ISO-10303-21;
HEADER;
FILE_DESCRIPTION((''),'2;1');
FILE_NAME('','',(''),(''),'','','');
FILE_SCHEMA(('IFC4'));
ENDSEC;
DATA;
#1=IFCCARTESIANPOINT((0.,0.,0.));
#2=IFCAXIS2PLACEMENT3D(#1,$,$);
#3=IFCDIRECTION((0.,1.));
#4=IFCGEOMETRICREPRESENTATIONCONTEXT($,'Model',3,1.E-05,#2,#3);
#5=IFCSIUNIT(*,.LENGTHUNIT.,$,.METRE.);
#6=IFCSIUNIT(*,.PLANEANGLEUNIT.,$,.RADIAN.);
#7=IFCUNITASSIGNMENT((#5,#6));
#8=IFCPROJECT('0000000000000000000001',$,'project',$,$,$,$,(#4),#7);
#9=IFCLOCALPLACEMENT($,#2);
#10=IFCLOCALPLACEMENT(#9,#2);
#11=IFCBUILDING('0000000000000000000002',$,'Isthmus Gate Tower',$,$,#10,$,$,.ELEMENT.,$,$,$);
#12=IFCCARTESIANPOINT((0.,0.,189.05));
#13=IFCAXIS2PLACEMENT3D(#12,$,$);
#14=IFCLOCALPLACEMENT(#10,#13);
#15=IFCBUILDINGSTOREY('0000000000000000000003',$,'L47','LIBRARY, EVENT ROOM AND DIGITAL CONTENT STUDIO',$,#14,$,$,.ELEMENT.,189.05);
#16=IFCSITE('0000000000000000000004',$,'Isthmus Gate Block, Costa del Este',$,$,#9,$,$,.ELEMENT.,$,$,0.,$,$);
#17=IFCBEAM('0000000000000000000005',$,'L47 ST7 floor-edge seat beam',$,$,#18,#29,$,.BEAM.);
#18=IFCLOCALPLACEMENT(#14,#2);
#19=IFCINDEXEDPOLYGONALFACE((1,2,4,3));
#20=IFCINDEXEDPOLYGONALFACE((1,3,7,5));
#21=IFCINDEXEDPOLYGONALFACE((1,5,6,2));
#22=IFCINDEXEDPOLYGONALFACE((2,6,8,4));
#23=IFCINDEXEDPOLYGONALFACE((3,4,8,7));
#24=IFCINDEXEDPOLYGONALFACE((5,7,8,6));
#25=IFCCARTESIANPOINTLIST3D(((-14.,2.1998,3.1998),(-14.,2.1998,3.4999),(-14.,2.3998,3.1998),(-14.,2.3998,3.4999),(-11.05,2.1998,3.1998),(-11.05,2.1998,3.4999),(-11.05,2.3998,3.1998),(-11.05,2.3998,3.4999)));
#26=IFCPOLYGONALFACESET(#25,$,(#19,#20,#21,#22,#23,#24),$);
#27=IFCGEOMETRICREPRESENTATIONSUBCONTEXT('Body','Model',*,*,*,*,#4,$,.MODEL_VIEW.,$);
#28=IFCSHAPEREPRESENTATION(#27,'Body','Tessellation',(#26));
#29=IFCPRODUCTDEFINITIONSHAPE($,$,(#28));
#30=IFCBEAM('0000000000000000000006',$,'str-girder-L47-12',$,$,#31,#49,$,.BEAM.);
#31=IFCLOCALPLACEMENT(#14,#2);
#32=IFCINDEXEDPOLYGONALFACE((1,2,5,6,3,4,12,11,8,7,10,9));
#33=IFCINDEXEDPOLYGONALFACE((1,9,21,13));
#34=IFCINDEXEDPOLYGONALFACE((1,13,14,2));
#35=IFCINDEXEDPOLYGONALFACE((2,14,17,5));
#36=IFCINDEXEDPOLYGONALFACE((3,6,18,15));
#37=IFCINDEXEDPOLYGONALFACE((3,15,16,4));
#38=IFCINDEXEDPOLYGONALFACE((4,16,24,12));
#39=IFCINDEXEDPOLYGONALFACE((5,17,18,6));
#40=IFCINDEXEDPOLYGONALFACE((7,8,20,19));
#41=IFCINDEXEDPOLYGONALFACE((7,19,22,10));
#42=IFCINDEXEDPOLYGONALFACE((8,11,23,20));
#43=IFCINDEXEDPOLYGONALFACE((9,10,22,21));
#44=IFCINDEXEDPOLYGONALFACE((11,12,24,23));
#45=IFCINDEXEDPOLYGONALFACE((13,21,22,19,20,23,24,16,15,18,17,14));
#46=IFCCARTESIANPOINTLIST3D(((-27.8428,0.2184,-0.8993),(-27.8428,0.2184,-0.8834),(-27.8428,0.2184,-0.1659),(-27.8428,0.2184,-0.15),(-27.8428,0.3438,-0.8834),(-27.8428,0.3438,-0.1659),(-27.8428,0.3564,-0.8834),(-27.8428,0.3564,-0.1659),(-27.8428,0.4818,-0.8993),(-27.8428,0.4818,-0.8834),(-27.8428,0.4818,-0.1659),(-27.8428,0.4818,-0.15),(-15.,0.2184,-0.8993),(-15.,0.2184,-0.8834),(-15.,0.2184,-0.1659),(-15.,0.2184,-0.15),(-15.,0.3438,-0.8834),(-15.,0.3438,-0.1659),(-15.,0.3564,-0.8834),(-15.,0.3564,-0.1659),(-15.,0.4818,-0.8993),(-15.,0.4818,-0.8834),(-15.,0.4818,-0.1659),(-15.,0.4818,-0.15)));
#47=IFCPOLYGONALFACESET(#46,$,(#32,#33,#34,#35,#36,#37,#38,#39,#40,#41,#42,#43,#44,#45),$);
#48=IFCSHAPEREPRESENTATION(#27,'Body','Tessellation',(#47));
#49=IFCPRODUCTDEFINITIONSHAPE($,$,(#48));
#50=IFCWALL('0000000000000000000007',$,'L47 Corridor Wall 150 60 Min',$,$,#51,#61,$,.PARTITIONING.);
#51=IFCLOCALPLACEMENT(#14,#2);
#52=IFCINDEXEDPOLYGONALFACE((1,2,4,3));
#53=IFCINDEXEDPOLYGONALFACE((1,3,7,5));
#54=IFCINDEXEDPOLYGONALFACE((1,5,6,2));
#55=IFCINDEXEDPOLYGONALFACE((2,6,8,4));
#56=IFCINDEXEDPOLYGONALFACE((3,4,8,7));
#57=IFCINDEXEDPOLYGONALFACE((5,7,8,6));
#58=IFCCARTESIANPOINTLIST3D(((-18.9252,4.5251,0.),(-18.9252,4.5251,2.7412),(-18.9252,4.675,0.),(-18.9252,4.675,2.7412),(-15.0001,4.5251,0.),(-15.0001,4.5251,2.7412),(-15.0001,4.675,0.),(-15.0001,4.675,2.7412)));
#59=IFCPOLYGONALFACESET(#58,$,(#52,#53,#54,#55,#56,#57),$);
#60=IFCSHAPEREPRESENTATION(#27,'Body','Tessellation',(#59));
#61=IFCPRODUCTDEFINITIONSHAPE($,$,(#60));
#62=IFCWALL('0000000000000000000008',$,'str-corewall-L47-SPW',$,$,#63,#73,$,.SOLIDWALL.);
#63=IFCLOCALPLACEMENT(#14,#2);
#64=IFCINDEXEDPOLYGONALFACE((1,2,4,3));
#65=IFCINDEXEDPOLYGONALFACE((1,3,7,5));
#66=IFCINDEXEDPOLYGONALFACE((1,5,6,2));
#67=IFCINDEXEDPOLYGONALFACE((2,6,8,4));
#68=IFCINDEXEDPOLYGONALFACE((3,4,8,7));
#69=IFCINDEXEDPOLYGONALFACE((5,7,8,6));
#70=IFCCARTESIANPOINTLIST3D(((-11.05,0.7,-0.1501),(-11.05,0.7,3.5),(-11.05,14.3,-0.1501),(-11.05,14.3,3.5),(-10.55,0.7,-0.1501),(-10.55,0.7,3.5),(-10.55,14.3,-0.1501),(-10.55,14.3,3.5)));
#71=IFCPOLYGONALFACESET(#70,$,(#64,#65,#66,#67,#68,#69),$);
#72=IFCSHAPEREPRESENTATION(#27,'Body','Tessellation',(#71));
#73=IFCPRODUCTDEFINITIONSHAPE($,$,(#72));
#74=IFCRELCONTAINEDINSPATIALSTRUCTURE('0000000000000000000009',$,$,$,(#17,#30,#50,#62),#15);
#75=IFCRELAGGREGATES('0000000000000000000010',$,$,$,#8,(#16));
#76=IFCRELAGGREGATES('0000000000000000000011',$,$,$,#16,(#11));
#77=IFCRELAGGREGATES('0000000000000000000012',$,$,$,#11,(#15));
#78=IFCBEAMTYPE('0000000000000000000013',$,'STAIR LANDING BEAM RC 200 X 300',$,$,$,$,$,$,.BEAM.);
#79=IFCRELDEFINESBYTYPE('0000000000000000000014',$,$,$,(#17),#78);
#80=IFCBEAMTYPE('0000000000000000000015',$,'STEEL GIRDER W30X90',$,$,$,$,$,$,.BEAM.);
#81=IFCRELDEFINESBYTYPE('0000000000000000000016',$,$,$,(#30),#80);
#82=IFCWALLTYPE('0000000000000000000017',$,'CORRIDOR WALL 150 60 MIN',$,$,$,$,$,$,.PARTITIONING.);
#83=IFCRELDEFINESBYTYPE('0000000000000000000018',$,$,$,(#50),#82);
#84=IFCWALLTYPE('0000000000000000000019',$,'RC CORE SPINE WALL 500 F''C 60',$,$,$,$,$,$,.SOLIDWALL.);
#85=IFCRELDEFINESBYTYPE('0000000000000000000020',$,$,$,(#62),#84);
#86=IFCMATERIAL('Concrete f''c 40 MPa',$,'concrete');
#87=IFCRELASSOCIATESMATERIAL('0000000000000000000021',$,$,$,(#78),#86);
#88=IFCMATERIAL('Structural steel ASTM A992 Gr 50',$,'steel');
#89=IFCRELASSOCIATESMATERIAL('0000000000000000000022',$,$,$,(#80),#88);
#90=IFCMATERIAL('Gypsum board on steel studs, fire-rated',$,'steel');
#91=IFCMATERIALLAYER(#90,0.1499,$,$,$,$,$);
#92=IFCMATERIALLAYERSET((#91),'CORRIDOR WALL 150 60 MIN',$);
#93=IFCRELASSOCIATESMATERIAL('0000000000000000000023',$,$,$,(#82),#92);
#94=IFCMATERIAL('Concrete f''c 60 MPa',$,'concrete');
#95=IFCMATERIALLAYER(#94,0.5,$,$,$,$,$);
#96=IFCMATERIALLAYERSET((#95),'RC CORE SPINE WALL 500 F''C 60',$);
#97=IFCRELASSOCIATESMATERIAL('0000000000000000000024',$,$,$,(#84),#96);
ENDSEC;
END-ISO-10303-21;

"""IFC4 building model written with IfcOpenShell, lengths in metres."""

from ifc_helpers import new_model, si_unit, direction, frame, frame_2d, origin, origin_2d, place, context, subcontext, project, spatial, rectangle, i_section, extrude, material, layer, layer_set, material_profile, profile_set, type_object, element, save


model = new_model("IFC4")

# Units and contexts
model_context = context("Model", 3, precision=1e-05, world=origin(), true_north=direction((0.0, 1.0)))
body_context = subcontext(model_context, "Body", "Model", "MODEL_VIEW")
ifc_project = project(units=[si_unit("LENGTHUNIT", "METRE"), si_unit("PLANEANGLEUNIT", "RADIAN")], contexts=[model_context])

# Site, building, storey
site_placement = place(None, origin())
site = spatial("IfcSite", under=ifc_project, at=site_placement, Name="Isthmus Gate Block, Costa del Este", CompositionType="ELEMENT", RefElevation=0.0)
building_placement = place(site_placement, origin())
building = spatial("IfcBuilding", under=site, at=building_placement, Name="Isthmus Gate Tower", CompositionType="ELEMENT")
storey_placement = place(building_placement, frame((0.0, 0.0, 189.05)))
storey = spatial("IfcBuildingStorey", under=building, at=storey_placement, Name="L47", Description="LIBRARY, EVENT ROOM AND DIGITAL CONTENT STUDIO", CompositionType="ELEMENT", Elevation=189.05)

# Beams
ifc_material_1 = material(Name="Concrete f'c 40 MPa", Category="concrete")
ifc_material_profile_1 = material_profile(ifc_material_1, rectangle(XDim=0.2, YDim=0.3, at=origin_2d()), Name="STAIR LANDING BEAM RC 200 X 300")
ifc_profile_set_1 = profile_set([ifc_material_profile_1], Name="Concrete f'c 40 MPa")
beam_type_1 = type_object("IfcBeamType", Name="STAIR LANDING BEAM RC 200 X 300", PredefinedType="BEAM", material=ifc_profile_set_1)
beam_1_placement = place(storey_placement, frame((-14.0, 2.2998, 3.3499), z_axis=(1.0, 0.0, 0.0), x_axis=(0.0, 1.0, 0.0)))
element("IfcBeam", 1, at=beam_1_placement, inside=storey, type_object=beam_type_1, Name="L47 ST7 floor-edge seat beam", PredefinedType="BEAM", context=body_context, shape_type="SweptSolid", body=[
    extrude(rectangle(XDim=0.2, YDim=0.3, at=origin_2d()), origin(), (0.0, 0.0, 1.0), 2.95),
])
ifc_material_2 = material(Name="Structural steel ASTM A992 Gr 50", Category="steel")
ifc_material_profile_2 = material_profile(ifc_material_2, i_section(OverallWidth=0.2634, OverallDepth=0.7493, WebThickness=0.0127, FlangeThickness=0.0159, at=origin_2d()), Name="W30X90")
ifc_profile_set_2 = profile_set([ifc_material_profile_2], Name="Structural steel ASTM A992 Gr 50")
beam_type_2 = type_object("IfcBeamType", Name="STEEL GIRDER W30X90", PredefinedType="BEAM", material=ifc_profile_set_2)
beam_2_placement = place(storey_placement, frame((-15.0, 0.3501, -0.5247), z_axis=(-1.0, 0.0, 0.0), x_axis=(0.0, -1.0, 0.0)))
element("IfcBeam", 2, at=beam_2_placement, inside=storey, type_object=beam_type_2, Name="str-girder-L47-12", PredefinedType="BEAM", context=body_context, shape_type="SweptSolid", body=[
    extrude(i_section(OverallWidth=0.2634, OverallDepth=0.7493, WebThickness=0.0127, FlangeThickness=0.0159, at=origin_2d()), origin(), (0.0, 0.0, 1.0), 12.8428),
])

# Walls
ifc_material_3 = material(Name="Gypsum board on steel studs, fire-rated", Category="steel")
ifc_layer_1 = layer(ifc_material_3, 0.1499)
ifc_layer_set_1 = layer_set([ifc_layer_1], Name="CORRIDOR WALL 150 60 MIN")
wall_type_1 = type_object("IfcWallType", Name="CORRIDOR WALL 150 60 MIN", PredefinedType="PARTITIONING", material=ifc_layer_set_1)
wall_1_placement = place(storey_placement, frame((-18.925, 4.6001, 0.0), z_axis=(0.0, 0.0, 1.0), x_axis=(1.0, 0.0, 0.0)))
element("IfcWall", 3, at=wall_1_placement, inside=storey, type_object=wall_type_1, Name="L47 Corridor Wall 150 60 Min", PredefinedType="PARTITIONING", context=body_context, shape_type="SweptSolid", body=[
    extrude(rectangle(XDim=3.925, YDim=0.1499, at=frame_2d((1.9624, 0.0))), origin(), (0.0, 0.0, 1.0), 2.7412),
])
ifc_material_4 = material(Name="Concrete f'c 60 MPa", Category="concrete")
ifc_layer_2 = layer(ifc_material_4, 0.5)
ifc_layer_set_2 = layer_set([ifc_layer_2], Name="RC CORE SPINE WALL 500 F'C 60")
wall_type_2 = type_object("IfcWallType", Name="RC CORE SPINE WALL 500 F'C 60", PredefinedType="SOLIDWALL", material=ifc_layer_set_2)
wall_2_placement = place(storey_placement, frame((-10.8, 0.7, -0.1501), z_axis=(0.0, 0.0, 1.0), x_axis=(0.0, 1.0, 0.0)))
element("IfcWall", 4, at=wall_2_placement, inside=storey, type_object=wall_type_2, Name="str-corewall-L47-SPW", PredefinedType="SOLIDWALL", context=body_context, shape_type="SweptSolid", body=[
    extrude(rectangle(XDim=13.6001, YDim=0.5, at=frame_2d((6.8, 0.0))), origin(), (0.0, 0.0, 1.0), 3.6501),
])

save(model, "model.ifc")
